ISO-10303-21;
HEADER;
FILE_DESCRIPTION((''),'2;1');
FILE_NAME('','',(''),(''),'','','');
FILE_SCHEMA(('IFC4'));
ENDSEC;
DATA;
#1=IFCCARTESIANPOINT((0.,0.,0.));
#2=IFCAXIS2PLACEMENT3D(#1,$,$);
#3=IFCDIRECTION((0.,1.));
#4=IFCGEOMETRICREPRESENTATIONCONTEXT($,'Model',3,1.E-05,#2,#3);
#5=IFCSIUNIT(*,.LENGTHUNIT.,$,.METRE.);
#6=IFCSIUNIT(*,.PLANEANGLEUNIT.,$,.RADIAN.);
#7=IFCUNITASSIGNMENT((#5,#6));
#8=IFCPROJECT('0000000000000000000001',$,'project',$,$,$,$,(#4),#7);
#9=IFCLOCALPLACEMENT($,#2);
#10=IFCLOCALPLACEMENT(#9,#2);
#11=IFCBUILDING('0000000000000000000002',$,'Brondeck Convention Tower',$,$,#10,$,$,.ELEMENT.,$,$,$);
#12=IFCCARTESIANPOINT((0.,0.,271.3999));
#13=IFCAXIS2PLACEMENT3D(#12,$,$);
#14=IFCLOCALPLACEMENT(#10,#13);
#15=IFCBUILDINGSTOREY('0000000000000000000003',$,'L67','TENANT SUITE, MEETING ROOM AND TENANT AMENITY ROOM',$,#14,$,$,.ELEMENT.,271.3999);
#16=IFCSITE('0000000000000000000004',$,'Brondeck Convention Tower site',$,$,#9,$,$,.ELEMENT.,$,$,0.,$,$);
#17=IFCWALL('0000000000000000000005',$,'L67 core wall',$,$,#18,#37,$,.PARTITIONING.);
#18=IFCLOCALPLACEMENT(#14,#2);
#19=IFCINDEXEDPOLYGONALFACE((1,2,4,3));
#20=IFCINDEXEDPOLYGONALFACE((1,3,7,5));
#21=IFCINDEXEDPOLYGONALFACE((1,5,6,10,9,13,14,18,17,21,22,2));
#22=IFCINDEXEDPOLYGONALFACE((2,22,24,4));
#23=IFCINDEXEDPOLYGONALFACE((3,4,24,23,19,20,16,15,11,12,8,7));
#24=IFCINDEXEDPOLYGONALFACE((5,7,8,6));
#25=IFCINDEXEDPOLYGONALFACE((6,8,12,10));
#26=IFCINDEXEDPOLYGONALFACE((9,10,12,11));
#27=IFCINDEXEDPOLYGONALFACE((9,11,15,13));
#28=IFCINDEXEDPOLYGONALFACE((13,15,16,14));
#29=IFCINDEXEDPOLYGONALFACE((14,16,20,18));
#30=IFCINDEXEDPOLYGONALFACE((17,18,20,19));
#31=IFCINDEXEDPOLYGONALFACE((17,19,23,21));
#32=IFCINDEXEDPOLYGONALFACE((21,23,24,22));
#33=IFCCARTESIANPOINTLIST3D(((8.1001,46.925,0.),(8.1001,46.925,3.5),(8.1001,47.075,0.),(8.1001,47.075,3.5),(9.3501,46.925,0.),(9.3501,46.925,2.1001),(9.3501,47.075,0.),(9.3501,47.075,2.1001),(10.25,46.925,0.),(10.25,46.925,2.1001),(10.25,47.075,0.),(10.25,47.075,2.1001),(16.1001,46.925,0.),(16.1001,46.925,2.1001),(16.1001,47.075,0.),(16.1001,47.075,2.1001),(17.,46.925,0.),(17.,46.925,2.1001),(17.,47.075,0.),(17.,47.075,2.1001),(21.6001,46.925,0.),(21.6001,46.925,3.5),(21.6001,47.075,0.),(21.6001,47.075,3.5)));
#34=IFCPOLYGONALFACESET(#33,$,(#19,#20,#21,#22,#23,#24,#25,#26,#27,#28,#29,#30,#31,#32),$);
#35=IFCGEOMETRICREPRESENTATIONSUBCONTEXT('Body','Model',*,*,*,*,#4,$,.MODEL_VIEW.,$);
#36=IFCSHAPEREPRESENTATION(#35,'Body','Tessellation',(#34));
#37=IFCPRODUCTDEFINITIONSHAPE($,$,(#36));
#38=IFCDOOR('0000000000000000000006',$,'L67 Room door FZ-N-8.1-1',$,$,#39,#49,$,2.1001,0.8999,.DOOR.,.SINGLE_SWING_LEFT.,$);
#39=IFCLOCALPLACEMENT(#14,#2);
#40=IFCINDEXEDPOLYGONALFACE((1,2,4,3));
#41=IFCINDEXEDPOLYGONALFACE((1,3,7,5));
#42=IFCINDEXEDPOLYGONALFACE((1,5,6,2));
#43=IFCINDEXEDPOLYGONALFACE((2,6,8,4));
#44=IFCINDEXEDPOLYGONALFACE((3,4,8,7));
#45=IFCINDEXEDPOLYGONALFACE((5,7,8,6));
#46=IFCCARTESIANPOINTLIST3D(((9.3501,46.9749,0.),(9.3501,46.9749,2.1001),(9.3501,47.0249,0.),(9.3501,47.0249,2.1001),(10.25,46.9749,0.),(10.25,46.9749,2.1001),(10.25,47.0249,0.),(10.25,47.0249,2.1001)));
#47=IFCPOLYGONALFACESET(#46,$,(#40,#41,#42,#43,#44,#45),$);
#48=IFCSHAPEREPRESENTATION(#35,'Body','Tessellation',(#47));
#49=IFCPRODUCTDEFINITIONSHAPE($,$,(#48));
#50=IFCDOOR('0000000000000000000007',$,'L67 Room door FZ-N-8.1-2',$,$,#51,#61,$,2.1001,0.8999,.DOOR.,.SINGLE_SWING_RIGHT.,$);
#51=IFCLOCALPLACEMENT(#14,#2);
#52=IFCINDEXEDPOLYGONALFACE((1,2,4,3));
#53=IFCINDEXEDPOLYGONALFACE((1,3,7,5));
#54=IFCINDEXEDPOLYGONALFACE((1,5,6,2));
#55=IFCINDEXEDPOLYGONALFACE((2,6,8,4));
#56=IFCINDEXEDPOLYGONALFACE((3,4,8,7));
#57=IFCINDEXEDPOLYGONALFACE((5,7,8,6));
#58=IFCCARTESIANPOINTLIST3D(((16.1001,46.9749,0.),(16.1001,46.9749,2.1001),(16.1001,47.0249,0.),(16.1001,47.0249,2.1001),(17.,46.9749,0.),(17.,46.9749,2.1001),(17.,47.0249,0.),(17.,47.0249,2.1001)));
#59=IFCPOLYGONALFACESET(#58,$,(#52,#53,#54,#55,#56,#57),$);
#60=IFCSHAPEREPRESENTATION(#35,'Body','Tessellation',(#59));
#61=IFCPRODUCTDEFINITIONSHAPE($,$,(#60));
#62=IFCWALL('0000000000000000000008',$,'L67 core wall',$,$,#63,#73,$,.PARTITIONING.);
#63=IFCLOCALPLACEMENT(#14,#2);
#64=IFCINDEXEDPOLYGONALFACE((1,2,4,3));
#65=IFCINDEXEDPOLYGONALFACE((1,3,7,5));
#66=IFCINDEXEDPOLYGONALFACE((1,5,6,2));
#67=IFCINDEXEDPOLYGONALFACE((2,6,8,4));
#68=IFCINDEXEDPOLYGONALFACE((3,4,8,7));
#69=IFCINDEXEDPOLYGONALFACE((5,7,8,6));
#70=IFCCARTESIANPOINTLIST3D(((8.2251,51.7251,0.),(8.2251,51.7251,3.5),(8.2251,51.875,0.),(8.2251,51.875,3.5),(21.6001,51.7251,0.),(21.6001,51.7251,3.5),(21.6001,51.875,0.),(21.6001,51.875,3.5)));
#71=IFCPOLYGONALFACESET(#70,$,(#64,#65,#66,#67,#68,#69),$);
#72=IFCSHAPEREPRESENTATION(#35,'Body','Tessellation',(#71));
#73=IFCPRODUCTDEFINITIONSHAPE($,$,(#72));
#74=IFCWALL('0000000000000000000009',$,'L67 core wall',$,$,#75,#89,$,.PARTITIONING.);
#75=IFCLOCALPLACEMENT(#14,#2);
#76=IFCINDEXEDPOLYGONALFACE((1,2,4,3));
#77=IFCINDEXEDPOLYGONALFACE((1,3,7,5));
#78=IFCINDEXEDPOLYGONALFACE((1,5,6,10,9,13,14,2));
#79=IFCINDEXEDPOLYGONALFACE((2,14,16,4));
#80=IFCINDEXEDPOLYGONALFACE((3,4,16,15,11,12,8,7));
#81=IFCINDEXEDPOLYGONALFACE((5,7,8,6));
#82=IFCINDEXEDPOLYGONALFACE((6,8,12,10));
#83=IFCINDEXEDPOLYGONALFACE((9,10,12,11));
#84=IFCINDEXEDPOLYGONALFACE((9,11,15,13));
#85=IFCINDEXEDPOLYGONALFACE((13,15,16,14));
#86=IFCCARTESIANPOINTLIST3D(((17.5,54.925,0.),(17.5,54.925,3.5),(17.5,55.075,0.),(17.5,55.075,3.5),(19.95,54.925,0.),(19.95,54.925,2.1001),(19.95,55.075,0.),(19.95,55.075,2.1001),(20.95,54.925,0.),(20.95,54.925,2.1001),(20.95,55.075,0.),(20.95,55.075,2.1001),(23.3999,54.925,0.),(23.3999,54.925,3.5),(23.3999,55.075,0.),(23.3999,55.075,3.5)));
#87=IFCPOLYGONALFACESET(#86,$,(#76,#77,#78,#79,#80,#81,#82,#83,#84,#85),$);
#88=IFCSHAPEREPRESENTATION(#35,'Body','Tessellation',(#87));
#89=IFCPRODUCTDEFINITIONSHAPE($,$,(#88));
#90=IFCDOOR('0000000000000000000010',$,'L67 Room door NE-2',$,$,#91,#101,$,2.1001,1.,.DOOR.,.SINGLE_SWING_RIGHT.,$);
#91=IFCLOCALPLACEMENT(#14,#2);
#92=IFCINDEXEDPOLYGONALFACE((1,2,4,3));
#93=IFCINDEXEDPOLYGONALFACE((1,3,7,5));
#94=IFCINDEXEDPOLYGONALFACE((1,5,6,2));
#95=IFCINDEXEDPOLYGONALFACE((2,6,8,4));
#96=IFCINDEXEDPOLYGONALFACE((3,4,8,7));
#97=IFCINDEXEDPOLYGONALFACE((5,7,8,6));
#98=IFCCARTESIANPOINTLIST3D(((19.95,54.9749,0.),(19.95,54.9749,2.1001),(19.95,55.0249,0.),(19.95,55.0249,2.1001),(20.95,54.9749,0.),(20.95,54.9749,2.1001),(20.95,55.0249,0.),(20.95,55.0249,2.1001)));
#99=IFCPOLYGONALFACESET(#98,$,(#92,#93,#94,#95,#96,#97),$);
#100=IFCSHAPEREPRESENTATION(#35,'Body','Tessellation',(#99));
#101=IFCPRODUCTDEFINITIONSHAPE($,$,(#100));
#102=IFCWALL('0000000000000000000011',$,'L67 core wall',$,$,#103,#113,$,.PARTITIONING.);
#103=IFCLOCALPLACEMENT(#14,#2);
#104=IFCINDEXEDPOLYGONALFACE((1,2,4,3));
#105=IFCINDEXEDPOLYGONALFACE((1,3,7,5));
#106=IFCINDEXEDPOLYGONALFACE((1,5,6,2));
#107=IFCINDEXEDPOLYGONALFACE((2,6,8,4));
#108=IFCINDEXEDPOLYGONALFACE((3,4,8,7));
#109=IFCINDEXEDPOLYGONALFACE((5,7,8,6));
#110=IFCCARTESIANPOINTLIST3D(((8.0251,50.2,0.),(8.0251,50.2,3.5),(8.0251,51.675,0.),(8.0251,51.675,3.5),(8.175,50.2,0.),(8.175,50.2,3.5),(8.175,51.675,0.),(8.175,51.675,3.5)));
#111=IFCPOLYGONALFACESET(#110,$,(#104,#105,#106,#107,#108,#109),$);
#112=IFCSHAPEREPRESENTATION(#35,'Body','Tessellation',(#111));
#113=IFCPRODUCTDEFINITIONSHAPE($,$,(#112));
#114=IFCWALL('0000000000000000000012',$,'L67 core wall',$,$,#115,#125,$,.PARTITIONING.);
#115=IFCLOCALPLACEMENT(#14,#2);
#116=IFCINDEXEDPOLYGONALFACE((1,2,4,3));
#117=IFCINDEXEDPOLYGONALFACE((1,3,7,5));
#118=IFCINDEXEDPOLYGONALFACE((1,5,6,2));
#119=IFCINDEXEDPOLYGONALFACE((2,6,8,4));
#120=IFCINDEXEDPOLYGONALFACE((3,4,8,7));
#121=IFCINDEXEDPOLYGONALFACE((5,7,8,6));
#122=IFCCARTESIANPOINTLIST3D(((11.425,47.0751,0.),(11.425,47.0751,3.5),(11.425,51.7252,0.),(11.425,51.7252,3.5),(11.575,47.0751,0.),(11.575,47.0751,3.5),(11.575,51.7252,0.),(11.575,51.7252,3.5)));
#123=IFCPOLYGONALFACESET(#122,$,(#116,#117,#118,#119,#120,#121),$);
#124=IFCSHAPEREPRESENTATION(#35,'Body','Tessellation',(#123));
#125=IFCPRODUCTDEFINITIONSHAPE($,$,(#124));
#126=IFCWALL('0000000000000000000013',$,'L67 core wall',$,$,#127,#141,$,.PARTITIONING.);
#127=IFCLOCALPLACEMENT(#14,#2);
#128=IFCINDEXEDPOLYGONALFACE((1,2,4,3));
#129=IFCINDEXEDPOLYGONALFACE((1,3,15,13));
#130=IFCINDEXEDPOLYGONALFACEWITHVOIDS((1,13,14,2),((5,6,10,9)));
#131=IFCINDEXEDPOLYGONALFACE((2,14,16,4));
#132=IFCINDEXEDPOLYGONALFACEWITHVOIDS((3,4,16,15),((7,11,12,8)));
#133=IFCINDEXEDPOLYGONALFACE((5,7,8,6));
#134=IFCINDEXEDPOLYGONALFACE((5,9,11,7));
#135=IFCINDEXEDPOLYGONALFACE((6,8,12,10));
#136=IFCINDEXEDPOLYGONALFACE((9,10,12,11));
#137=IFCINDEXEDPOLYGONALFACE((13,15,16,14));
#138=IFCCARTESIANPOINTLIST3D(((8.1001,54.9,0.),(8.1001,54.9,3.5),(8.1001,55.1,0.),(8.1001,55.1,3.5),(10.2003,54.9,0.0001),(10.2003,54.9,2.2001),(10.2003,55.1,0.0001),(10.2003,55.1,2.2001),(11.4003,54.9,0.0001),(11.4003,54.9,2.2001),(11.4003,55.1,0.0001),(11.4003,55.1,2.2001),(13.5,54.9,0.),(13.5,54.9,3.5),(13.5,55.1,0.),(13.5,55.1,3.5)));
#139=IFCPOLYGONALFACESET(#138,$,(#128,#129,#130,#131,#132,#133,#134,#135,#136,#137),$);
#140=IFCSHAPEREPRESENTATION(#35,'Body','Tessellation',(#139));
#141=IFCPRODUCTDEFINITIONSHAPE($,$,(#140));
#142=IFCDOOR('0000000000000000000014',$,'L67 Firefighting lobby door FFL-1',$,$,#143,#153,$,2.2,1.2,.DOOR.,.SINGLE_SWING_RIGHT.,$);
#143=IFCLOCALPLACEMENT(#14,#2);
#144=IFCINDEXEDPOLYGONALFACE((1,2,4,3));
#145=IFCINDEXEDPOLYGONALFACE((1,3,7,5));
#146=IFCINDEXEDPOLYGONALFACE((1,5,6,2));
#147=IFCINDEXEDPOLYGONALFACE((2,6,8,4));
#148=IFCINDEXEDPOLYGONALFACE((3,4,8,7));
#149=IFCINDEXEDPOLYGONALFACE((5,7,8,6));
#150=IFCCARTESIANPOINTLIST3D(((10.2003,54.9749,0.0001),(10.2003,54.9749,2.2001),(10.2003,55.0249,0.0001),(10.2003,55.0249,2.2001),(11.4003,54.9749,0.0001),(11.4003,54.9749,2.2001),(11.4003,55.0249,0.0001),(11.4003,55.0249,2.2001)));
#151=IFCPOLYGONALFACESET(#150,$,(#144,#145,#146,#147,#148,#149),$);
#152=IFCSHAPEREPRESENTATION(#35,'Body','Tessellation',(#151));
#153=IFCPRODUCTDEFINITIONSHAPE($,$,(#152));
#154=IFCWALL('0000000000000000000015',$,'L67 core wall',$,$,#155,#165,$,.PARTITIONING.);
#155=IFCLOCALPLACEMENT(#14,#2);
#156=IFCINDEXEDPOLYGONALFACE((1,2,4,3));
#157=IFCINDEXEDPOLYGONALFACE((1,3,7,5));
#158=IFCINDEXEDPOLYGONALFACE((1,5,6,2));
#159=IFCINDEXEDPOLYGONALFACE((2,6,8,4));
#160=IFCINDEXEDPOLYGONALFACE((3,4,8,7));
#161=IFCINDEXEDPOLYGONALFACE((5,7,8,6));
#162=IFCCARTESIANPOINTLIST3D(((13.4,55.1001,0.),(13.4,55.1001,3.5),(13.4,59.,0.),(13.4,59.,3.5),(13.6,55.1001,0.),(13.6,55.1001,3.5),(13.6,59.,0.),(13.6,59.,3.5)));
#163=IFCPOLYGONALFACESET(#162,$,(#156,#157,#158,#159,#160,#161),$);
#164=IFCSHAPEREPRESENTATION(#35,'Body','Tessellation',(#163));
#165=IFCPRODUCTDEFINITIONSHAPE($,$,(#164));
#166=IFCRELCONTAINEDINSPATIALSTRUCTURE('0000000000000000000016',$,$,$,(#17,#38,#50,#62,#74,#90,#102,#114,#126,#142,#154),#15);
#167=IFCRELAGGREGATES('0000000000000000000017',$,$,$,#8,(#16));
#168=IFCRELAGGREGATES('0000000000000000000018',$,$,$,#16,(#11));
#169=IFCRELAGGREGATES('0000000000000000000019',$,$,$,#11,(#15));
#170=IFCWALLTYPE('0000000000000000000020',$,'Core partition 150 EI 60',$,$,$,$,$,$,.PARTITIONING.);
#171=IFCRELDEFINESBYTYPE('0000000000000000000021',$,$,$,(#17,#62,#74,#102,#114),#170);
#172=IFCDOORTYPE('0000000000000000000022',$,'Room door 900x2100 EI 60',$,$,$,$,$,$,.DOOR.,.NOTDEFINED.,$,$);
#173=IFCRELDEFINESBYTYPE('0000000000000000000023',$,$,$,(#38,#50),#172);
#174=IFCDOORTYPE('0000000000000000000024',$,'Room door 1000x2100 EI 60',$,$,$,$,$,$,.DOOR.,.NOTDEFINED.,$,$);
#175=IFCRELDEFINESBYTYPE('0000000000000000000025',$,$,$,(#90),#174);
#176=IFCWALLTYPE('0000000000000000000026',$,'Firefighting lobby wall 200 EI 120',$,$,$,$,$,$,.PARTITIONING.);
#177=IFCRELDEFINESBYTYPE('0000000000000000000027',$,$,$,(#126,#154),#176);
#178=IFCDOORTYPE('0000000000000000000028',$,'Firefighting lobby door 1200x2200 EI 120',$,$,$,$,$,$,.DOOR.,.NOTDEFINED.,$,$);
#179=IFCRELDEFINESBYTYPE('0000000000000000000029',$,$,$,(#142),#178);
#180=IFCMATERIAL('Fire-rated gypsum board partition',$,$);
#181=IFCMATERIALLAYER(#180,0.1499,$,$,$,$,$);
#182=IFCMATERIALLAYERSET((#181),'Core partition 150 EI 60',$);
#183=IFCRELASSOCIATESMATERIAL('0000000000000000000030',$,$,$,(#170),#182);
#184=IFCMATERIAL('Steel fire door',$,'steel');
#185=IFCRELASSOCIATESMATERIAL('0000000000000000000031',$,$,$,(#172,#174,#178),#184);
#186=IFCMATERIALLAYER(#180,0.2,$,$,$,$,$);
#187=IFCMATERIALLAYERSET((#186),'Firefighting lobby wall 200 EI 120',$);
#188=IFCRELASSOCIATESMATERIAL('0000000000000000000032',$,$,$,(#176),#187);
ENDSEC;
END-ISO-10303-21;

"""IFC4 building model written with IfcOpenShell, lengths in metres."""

from ifc_helpers import new_model, si_unit, direction, frame, frame_2d, origin, place, context, subcontext, project, spatial, rectangle, extrude, material, layer, layer_set, type_object, element, fill, save


model = new_model("IFC4")

# Units and contexts
model_context = context("Model", 3, precision=1e-05, world=origin(), true_north=direction((0.0, 1.0)))
body_context = subcontext(model_context, "Body", "Model", "MODEL_VIEW")
ifc_project = project(units=[si_unit("LENGTHUNIT", "METRE"), si_unit("PLANEANGLEUNIT", "RADIAN")], contexts=[model_context])

# Site, building, storey
site_placement = place(None, origin())
site = spatial("IfcSite", under=ifc_project, at=site_placement, Name="Brondeck Convention Tower site", CompositionType="ELEMENT", RefElevation=0.0)
building_placement = place(site_placement, origin())
building = spatial("IfcBuilding", under=site, at=building_placement, Name="Brondeck Convention Tower", CompositionType="ELEMENT")
storey_placement = place(building_placement, frame((0.0, 0.0, 271.3999)))
storey = spatial("IfcBuildingStorey", under=building, at=storey_placement, Name="L67", Description="TENANT SUITE, MEETING ROOM AND TENANT AMENITY ROOM", CompositionType="ELEMENT", Elevation=271.3999)

# Wall, openings, doors
ifc_material_1 = material(Name="Fire-rated gypsum board partition")
ifc_layer_1 = layer(ifc_material_1, 0.1499)
ifc_layer_set_1 = layer_set([ifc_layer_1], Name="Core partition 150 EI 60")
wall_type_1 = type_object("IfcWallType", Name="Core partition 150 EI 60", PredefinedType="PARTITIONING", material=ifc_layer_set_1)
wall_1_placement = place(storey_placement, frame((8.1001, 47.0, 0.0), z_axis=(0.0, 0.0, 1.0), x_axis=(1.0, 0.0, 0.0)))
wall_1 = element("IfcWall", 1, at=wall_1_placement, inside=storey, type_object=wall_type_1, Name="L67 core wall", PredefinedType="PARTITIONING", context=body_context, shape_type="SweptSolid", body=[
    extrude(rectangle(XDim=13.5, YDim=0.1499, at=frame_2d((6.75, 0.0))), origin(), (0.0, 0.0, 1.0), 3.5),
])
opening_1_placement = place(wall_1_placement, frame((1.25, 0.0, 0.0)))
opening_1 = element("IfcOpeningElement", 2, at=opening_1_placement, cuts=wall_1, PredefinedType="OPENING", context=body_context, shape_type="SweptSolid", body=[
    extrude(rectangle(XDim=0.8999, YDim=2.1001, at=frame_2d((0.45, 1.05))), frame((0.0, 0.085, 0.0), z_axis=(0.0, -1.0, 0.0), x_axis=(1.0, 0.0, 0.0)), (0.0, 0.0, 1.0), 0.1699),
])
opening_2_placement = place(wall_1_placement, frame((8.0, 0.0, 0.0)))
opening_2 = element("IfcOpeningElement", 3, at=opening_2_placement, cuts=wall_1, PredefinedType="OPENING", context=body_context, shape_type="SweptSolid", body=[
    extrude(rectangle(XDim=0.8999, YDim=2.1001, at=frame_2d((0.45, 1.05))), frame((0.0, 0.085, 0.0), z_axis=(0.0, -1.0, 0.0), x_axis=(1.0, 0.0, 0.0)), (0.0, 0.0, 1.0), 0.1699),
])
ifc_material_2 = material(Name="Steel fire door", Category="steel")
door_type_1 = type_object("IfcDoorType", Name="Room door 900x2100 EI 60", OperationType="NOTDEFINED", PredefinedType="DOOR", material=ifc_material_2)
door_1_placement = place(opening_1_placement, origin())
door_1 = element("IfcDoor", 4, at=door_1_placement, inside=storey, type_object=door_type_1, Name="L67 Room door FZ-N-8.1-1", OperationType="SINGLE_SWING_LEFT", OverallHeight=2.1001, OverallWidth=0.8999, PredefinedType="DOOR", context=body_context, shape_type="SweptSolid", body=[
    extrude(rectangle(XDim=0.8999, YDim=2.1001, at=frame_2d((0.45, 1.05))), frame((0.0, 0.0249, 0.0), z_axis=(0.0, -1.0, 0.0), x_axis=(1.0, 0.0, 0.0)), (0.0, 0.0, 1.0), 0.05),
])
fill(opening_1, door_1)
door_2_placement = place(opening_2_placement, origin())
door_2 = element("IfcDoor", 5, at=door_2_placement, inside=storey, type_object=door_type_1, Name="L67 Room door FZ-N-8.1-2", OperationType="SINGLE_SWING_RIGHT", OverallHeight=2.1001, OverallWidth=0.8999, PredefinedType="DOOR", context=body_context, shape_type="SweptSolid", body=[
    extrude(rectangle(XDim=0.8999, YDim=2.1001, at=frame_2d((0.45, 1.05))), frame((0.0, 0.0249, 0.0), z_axis=(0.0, -1.0, 0.0), x_axis=(1.0, 0.0, 0.0)), (0.0, 0.0, 1.0), 0.05),
])
fill(opening_2, door_2)

# Wall
wall_2_placement = place(storey_placement, frame((8.2251, 51.8, 0.0), z_axis=(0.0, 0.0, 1.0), x_axis=(1.0, 0.0, 0.0)))
element("IfcWall", 6, at=wall_2_placement, inside=storey, type_object=wall_type_1, Name="L67 core wall", PredefinedType="PARTITIONING", context=body_context, shape_type="SweptSolid", body=[
    extrude(rectangle(XDim=13.375, YDim=0.1499, at=frame_2d((6.6875, 0.0))), origin(), (0.0, 0.0, 1.0), 3.5),
])

# Wall, opening, door
wall_3_placement = place(storey_placement, frame((17.5, 55.0, 0.0), z_axis=(0.0, 0.0, 1.0), x_axis=(1.0, 0.0, 0.0)))
wall_3 = element("IfcWall", 7, at=wall_3_placement, inside=storey, type_object=wall_type_1, Name="L67 core wall", PredefinedType="PARTITIONING", context=body_context, shape_type="SweptSolid", body=[
    extrude(rectangle(XDim=5.8999, YDim=0.1499, at=frame_2d((2.95, 0.0))), origin(), (0.0, 0.0, 1.0), 3.5),
])
opening_3_placement = place(wall_3_placement, frame((2.45, 0.0, 0.0)))
opening_3 = element("IfcOpeningElement", 8, at=opening_3_placement, cuts=wall_3, PredefinedType="OPENING", context=body_context, shape_type="SweptSolid", body=[
    extrude(rectangle(XDim=1.0, YDim=2.1001, at=frame_2d((0.5, 1.05))), frame((0.0, 0.085, 0.0), z_axis=(0.0, -1.0, 0.0), x_axis=(1.0, 0.0, 0.0)), (0.0, 0.0, 1.0), 0.1699),
])
door_type_2 = type_object("IfcDoorType", Name="Room door 1000x2100 EI 60", OperationType="NOTDEFINED", PredefinedType="DOOR", material=ifc_material_2)
door_3_placement = place(opening_3_placement, origin())
door_3 = element("IfcDoor", 9, at=door_3_placement, inside=storey, type_object=door_type_2, Name="L67 Room door NE-2", OperationType="SINGLE_SWING_RIGHT", OverallHeight=2.1001, OverallWidth=1.0, PredefinedType="DOOR", context=body_context, shape_type="SweptSolid", body=[
    extrude(rectangle(XDim=1.0, YDim=2.1001, at=frame_2d((0.5, 1.05))), frame((0.0, 0.0249, 0.0), z_axis=(0.0, -1.0, 0.0), x_axis=(1.0, 0.0, 0.0)), (0.0, 0.0, 1.0), 0.05),
])
fill(opening_3, door_3)

# Walls
wall_4_placement = place(storey_placement, frame((8.1001, 50.2, 0.0), z_axis=(0.0, 0.0, 1.0), x_axis=(0.0, 1.0, 0.0)))
element("IfcWall", 10, at=wall_4_placement, inside=storey, type_object=wall_type_1, Name="L67 core wall", PredefinedType="PARTITIONING", context=body_context, shape_type="SweptSolid", body=[
    extrude(rectangle(XDim=1.4751, YDim=0.1499, at=frame_2d((0.7375, 0.0))), origin(), (0.0, 0.0, 1.0), 3.5),
])
wall_5_placement = place(storey_placement, frame((11.5, 47.075, 0.0), z_axis=(0.0, 0.0, 1.0), x_axis=(0.0, 1.0, 0.0)))
element("IfcWall", 11, at=wall_5_placement, inside=storey, type_object=wall_type_1, Name="L67 core wall", PredefinedType="PARTITIONING", context=body_context, shape_type="SweptSolid", body=[
    extrude(rectangle(XDim=4.6501, YDim=0.1499, at=frame_2d((2.3252, 0.0))), origin(), (0.0, 0.0, 1.0), 3.5),
])

# Wall, opening, door
ifc_layer_2 = layer(ifc_material_1, 0.2)
ifc_layer_set_2 = layer_set([ifc_layer_2], Name="Firefighting lobby wall 200 EI 120")
wall_type_2 = type_object("IfcWallType", Name="Firefighting lobby wall 200 EI 120", PredefinedType="PARTITIONING", material=ifc_layer_set_2)
wall_6_placement = place(storey_placement, frame((8.1001, 55.0, 0.0), z_axis=(0.0, 0.0, 1.0), x_axis=(1.0, 0.0, 0.0)))
wall_6 = element("IfcWall", 12, at=wall_6_placement, inside=storey, type_object=wall_type_2, Name="L67 core wall", PredefinedType="PARTITIONING", context=body_context, shape_type="SweptSolid", body=[
    extrude(rectangle(XDim=5.3999, YDim=0.2, at=frame_2d((2.7, 0.0))), origin(), (0.0, 0.0, 1.0), 3.5),
])
opening_4_placement = place(wall_6_placement, frame((2.1001, 0.0, 0.0)))
opening_4 = element("IfcOpeningElement", 13, at=opening_4_placement, cuts=wall_6, PredefinedType="OPENING", context=body_context, shape_type="SweptSolid", body=[
    extrude(rectangle(XDim=1.2, YDim=2.2, at=frame_2d((0.6001, 1.1001))), frame((0.0, 0.1099, 0.0), z_axis=(0.0, -1.0, 0.0), x_axis=(1.0, 0.0, 0.0)), (0.0, 0.0, 1.0), 0.22),
])
door_type_3 = type_object("IfcDoorType", Name="Firefighting lobby door 1200x2200 EI 120", OperationType="NOTDEFINED", PredefinedType="DOOR", material=ifc_material_2)
door_4_placement = place(opening_4_placement, origin())
door_4 = element("IfcDoor", 14, at=door_4_placement, inside=storey, type_object=door_type_3, Name="L67 Firefighting lobby door FFL-1", OperationType="SINGLE_SWING_RIGHT", OverallHeight=2.2, OverallWidth=1.2, PredefinedType="DOOR", context=body_context, shape_type="SweptSolid", body=[
    extrude(rectangle(XDim=1.2, YDim=2.2, at=frame_2d((0.6001, 1.1001))), frame((0.0, 0.0249, 0.0), z_axis=(0.0, -1.0, 0.0), x_axis=(1.0, 0.0, 0.0)), (0.0, 0.0, 1.0), 0.05),
])
fill(opening_4, door_4)

# Wall
wall_7_placement = place(storey_placement, frame((13.5, 55.1001, 0.0), z_axis=(0.0, 0.0, 1.0), x_axis=(0.0, 1.0, 0.0)))
element("IfcWall", 15, at=wall_7_placement, inside=storey, type_object=wall_type_2, Name="L67 core wall", PredefinedType="PARTITIONING", context=body_context, shape_type="SweptSolid", body=[
    extrude(rectangle(XDim=3.8999, YDim=0.2, at=frame_2d((1.95, 0.0))), origin(), (0.0, 0.0, 1.0), 3.5),
])

save(model, "model.ifc")
